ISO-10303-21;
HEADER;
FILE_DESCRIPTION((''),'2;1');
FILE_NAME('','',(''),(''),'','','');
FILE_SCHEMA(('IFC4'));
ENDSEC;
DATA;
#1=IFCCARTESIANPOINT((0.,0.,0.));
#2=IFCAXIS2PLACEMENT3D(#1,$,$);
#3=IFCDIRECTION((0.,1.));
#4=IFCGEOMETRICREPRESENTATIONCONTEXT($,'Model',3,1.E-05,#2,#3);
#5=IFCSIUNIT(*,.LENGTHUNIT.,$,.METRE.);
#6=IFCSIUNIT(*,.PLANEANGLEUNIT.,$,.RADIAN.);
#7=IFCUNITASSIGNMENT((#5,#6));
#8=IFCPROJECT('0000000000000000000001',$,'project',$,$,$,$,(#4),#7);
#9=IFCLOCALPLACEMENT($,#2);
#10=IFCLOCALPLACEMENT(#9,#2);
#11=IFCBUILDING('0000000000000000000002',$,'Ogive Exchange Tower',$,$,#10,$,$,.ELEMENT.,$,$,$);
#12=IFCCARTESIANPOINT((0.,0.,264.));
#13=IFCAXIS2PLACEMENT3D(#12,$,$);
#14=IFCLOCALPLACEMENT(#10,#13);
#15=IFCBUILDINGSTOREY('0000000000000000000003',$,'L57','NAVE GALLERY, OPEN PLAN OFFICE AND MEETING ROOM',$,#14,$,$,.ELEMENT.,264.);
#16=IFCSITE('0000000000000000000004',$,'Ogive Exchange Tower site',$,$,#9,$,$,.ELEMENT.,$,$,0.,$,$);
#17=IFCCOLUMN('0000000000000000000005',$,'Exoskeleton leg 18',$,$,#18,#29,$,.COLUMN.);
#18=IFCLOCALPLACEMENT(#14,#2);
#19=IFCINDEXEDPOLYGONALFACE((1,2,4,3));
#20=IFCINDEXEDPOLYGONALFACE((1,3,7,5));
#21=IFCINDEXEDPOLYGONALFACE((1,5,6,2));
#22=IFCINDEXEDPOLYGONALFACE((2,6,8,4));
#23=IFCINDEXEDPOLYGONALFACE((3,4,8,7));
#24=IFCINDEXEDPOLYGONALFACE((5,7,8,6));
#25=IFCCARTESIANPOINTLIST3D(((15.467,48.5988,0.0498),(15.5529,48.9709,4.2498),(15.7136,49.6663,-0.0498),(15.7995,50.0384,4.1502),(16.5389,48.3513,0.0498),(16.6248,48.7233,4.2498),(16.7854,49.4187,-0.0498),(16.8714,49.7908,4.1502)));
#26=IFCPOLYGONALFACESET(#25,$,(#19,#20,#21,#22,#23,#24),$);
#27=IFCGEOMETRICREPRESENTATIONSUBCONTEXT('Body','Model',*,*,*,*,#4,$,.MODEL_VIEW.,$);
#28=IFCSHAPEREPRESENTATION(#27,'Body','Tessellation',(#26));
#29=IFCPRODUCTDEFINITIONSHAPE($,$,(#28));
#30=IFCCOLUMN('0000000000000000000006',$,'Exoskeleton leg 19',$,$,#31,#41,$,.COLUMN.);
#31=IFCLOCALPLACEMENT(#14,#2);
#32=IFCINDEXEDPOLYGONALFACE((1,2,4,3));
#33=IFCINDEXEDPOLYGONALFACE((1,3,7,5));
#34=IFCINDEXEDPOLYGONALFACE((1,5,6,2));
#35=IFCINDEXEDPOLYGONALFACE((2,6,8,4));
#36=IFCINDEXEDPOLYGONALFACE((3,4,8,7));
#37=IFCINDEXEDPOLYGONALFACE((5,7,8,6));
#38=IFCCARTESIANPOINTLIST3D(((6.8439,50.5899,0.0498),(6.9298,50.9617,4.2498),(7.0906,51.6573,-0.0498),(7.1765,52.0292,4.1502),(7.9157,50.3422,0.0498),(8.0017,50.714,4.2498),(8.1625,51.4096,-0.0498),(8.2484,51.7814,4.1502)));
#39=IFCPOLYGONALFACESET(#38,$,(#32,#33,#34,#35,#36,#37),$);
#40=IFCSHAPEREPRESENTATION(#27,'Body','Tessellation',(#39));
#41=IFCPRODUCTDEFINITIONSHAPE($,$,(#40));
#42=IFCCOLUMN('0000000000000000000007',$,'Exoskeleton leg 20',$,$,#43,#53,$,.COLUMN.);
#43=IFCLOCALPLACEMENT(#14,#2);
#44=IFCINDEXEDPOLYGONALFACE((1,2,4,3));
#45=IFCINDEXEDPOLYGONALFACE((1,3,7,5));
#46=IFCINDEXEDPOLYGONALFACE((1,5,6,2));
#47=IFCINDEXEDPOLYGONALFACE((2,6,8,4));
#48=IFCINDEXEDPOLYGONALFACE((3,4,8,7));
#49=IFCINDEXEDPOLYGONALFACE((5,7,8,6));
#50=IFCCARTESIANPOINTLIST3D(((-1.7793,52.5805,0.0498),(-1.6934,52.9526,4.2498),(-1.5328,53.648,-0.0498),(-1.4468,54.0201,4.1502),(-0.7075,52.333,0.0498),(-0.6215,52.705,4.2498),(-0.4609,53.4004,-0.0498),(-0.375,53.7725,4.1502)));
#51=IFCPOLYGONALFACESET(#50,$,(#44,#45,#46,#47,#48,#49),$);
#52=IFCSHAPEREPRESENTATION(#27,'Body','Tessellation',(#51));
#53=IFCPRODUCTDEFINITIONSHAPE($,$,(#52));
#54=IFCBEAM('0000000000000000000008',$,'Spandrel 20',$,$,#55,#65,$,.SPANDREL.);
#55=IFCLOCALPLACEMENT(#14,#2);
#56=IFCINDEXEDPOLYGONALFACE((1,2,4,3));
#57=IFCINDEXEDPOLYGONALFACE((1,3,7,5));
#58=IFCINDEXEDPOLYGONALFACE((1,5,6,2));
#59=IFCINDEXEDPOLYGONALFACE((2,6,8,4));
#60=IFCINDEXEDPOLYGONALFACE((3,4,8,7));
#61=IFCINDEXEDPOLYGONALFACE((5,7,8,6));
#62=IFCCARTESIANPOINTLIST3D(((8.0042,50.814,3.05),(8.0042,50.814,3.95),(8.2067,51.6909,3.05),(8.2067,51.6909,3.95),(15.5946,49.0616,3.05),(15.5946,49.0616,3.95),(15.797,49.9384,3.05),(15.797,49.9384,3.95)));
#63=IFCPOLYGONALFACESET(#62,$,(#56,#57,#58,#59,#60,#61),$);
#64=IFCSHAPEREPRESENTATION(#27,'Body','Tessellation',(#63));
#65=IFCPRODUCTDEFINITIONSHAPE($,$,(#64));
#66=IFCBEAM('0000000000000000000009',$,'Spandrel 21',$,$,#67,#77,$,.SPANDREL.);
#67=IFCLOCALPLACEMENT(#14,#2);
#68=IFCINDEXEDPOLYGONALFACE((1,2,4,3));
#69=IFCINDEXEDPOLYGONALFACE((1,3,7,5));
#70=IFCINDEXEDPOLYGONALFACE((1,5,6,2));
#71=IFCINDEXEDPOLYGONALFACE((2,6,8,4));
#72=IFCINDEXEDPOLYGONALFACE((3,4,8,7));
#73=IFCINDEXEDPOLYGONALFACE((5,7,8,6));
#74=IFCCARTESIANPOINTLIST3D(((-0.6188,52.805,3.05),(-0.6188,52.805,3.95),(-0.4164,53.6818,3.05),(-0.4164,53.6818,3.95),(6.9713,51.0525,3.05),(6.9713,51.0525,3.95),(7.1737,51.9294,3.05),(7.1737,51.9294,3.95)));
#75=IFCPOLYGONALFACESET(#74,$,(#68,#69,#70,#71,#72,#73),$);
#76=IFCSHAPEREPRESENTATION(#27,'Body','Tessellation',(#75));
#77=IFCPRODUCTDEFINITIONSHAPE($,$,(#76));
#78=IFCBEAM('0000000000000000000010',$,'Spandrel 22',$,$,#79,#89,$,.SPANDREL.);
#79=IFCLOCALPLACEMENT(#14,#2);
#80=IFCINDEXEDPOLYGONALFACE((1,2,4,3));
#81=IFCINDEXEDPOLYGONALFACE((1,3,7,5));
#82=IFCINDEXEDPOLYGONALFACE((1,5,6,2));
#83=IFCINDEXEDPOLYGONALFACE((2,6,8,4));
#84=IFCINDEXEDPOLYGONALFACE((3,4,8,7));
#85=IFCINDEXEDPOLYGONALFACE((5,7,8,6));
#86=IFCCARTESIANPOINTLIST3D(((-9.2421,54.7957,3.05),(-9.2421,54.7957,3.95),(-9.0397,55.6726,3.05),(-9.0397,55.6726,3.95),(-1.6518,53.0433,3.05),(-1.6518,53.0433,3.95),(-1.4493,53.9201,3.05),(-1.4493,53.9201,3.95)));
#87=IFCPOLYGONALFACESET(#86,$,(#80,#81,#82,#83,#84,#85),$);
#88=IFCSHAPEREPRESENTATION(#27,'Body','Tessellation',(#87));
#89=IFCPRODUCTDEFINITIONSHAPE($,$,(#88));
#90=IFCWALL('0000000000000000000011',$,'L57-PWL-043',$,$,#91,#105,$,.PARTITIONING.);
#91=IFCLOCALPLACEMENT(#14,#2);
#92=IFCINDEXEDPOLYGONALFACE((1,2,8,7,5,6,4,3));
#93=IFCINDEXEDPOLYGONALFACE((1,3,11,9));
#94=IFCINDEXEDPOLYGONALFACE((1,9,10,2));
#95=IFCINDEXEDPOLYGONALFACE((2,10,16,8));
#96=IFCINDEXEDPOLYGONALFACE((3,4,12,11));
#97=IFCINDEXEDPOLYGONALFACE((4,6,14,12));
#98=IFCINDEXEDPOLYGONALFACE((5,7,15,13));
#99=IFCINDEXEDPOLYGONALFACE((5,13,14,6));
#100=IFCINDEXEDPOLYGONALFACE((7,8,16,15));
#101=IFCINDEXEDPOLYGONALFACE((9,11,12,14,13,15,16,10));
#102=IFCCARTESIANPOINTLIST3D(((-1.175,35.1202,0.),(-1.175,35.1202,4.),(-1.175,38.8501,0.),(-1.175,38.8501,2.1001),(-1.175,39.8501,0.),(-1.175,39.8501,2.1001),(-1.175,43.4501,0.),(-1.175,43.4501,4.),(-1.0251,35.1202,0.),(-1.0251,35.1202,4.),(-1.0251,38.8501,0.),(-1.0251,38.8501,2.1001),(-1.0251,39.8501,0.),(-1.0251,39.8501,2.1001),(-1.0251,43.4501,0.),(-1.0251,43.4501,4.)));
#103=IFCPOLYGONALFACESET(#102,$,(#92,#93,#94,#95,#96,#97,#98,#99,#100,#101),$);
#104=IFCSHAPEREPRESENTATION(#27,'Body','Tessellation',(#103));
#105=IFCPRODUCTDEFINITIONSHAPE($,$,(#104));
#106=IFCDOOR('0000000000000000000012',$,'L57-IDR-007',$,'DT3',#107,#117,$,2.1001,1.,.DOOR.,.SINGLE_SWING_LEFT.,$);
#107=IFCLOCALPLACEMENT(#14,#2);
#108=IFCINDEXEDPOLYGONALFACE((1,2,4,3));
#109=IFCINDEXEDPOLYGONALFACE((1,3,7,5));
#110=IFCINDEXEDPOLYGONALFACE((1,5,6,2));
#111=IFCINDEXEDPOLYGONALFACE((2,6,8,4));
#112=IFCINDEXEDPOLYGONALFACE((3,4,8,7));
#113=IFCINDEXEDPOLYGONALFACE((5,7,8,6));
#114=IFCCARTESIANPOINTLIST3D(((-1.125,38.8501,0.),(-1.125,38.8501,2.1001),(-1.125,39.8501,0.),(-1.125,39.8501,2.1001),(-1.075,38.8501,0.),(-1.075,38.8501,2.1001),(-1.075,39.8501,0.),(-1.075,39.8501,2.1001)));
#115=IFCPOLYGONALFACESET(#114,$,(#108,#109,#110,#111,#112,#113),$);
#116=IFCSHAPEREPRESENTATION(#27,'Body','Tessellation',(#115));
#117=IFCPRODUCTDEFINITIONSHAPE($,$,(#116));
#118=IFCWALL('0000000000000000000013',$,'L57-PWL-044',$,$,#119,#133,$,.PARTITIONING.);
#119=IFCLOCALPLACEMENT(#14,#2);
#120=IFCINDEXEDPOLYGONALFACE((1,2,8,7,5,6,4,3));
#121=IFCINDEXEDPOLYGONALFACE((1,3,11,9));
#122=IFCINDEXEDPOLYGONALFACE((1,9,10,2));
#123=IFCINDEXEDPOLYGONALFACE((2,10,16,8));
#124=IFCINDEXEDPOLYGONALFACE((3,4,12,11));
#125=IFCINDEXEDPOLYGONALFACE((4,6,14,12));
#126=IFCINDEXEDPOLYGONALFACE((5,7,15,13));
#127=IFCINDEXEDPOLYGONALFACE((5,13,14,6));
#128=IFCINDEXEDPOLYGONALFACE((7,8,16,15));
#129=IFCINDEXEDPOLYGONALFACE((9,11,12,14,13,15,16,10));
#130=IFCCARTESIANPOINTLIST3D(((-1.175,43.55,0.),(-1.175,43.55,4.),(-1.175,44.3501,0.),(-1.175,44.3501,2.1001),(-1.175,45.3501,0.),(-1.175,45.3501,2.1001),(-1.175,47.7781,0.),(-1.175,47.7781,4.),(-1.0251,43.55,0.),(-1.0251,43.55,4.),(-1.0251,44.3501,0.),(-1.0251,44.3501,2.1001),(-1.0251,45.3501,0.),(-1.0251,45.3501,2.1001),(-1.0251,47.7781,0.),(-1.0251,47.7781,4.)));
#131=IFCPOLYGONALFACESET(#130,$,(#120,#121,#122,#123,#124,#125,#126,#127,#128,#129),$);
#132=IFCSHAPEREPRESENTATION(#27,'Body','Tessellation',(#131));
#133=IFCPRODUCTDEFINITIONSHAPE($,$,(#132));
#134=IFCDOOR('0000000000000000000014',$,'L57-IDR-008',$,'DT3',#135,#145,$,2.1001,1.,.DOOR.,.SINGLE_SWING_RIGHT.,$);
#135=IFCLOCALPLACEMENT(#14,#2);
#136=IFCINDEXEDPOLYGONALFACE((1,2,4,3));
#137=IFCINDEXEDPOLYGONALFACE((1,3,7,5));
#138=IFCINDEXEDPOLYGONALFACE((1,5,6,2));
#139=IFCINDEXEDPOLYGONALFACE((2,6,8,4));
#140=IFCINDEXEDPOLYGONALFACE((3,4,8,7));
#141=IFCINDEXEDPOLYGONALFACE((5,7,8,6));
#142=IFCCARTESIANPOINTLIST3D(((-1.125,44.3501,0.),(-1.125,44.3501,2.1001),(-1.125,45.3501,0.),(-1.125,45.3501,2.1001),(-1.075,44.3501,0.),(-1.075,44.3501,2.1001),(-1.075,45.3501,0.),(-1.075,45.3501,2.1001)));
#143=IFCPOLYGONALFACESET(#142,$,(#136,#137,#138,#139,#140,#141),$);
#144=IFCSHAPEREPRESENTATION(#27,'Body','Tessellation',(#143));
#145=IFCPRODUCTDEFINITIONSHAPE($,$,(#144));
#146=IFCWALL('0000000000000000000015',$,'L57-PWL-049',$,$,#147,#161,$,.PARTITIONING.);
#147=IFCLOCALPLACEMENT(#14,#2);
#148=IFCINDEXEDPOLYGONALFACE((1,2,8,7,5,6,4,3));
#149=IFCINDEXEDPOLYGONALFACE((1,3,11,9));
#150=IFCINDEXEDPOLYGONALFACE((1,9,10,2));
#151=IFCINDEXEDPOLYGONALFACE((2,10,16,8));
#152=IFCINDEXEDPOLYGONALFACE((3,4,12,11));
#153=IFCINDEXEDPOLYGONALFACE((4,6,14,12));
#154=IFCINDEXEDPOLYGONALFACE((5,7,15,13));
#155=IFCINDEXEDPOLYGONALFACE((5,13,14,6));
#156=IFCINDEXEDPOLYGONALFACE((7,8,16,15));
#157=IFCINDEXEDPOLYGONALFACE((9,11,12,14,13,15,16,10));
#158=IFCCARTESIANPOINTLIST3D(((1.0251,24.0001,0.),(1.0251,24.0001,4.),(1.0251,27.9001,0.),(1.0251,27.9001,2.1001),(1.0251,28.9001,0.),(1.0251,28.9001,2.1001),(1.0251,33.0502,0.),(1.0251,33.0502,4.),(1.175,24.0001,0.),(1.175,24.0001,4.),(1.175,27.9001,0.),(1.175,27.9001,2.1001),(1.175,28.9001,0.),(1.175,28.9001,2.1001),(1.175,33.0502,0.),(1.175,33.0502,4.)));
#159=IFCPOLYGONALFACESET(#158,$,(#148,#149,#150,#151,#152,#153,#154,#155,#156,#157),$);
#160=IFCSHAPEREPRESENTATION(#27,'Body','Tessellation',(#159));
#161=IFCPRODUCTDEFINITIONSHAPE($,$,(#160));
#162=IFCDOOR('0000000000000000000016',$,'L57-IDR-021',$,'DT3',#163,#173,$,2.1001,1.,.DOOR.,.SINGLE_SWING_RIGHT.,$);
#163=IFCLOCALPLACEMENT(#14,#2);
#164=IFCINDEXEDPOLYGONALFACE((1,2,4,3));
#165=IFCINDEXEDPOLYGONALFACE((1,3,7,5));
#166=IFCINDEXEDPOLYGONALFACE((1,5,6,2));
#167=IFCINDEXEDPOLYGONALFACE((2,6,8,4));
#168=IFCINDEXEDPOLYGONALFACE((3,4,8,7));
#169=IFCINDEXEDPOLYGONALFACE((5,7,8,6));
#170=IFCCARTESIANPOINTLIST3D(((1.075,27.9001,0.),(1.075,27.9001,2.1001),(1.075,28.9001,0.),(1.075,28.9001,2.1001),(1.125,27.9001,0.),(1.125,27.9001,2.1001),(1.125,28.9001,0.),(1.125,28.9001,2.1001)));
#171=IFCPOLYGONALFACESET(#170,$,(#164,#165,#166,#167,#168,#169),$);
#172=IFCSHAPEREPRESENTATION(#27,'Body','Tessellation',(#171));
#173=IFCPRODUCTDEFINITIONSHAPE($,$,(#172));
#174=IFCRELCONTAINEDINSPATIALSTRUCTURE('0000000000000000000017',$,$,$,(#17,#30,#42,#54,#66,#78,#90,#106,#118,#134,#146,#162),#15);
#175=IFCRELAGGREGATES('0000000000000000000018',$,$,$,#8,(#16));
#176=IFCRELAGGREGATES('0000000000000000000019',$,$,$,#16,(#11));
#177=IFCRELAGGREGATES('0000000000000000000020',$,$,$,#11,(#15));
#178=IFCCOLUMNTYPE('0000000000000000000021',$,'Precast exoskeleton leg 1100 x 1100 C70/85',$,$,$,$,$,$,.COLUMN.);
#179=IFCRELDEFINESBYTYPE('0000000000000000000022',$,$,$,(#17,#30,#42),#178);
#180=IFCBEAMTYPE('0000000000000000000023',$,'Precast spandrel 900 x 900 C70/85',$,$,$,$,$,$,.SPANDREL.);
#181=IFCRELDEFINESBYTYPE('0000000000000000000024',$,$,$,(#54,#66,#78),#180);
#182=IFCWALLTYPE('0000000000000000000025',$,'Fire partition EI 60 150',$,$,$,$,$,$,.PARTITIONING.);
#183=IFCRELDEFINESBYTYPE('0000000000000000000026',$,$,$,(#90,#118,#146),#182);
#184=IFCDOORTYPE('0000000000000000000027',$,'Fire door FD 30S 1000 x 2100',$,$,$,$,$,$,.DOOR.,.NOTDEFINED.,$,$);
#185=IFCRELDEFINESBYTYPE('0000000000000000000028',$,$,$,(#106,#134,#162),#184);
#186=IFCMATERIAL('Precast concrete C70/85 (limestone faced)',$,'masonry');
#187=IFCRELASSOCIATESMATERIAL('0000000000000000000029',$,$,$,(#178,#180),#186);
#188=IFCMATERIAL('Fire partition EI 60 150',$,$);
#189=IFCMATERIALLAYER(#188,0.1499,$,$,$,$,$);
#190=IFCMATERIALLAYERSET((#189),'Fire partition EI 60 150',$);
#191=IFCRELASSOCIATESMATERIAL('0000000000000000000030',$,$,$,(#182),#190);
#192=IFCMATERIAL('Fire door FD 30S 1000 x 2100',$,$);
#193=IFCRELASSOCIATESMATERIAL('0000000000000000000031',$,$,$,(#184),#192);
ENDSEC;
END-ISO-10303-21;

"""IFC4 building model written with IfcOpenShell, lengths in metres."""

from ifc_helpers import new_model, si_unit, direction, frame, frame_2d, origin, origin_2d, place, context, subcontext, project, spatial, rectangle, extrude, material, layer, layer_set, material_profile, profile_set, type_object, element, fill, save


model = new_model("IFC4")

# Units and contexts
model_context = context("Model", 3, precision=1e-05, world=origin(), true_north=direction((0.0, 1.0)))
body_context = subcontext(model_context, "Body", "Model", "MODEL_VIEW")
ifc_project = project(units=[si_unit("LENGTHUNIT", "METRE"), si_unit("PLANEANGLEUNIT", "RADIAN")], contexts=[model_context])

# Site, building, storey
site_placement = place(None, origin())
site = spatial("IfcSite", under=ifc_project, at=site_placement, Name="Ogive Exchange Tower site", CompositionType="ELEMENT", RefElevation=0.0)
building_placement = place(site_placement, origin())
building = spatial("IfcBuilding", under=site, at=building_placement, Name="Ogive Exchange Tower", CompositionType="ELEMENT")
storey_placement = place(building_placement, frame((0.0, 0.0, 264.0)))
storey = spatial("IfcBuildingStorey", under=building, at=storey_placement, Name="L57", Description="NAVE GALLERY, OPEN PLAN OFFICE AND MEETING ROOM", CompositionType="ELEMENT", Elevation=264.0)

# Columns
ifc_material_1 = material(Name="Precast concrete C70/85 (limestone faced)", Category="masonry")
ifc_material_profile_1 = material_profile(ifc_material_1, rectangle(XDim=1.1001, YDim=1.1001, at=origin_2d()), Name="1100 x 1100")
ifc_profile_set_1 = profile_set([ifc_material_profile_1], Name="Precast concrete C70/85 (limestone faced)")
column_type = type_object("IfcColumnType", Name="Precast exoskeleton leg 1100 x 1100 C70/85", PredefinedType="COLUMN", material=ifc_profile_set_1)
for number, where, z_axis, x_axis, name in (
    (1, (16.1262, 49.0088, 0.0), (0.020377, 0.088225, 0.995892), (-0.974348, 0.225046, 0.0), "Exoskeleton leg 18"),
    (2, (7.5032, 50.9998, 0.0), (0.020378, 0.088168, 0.995897), (-0.974316, 0.225187, 0.0), "Exoskeleton leg 19"),
    (3, (-1.1201, 52.9905, 0.0), (0.020377, 0.088225, 0.995892), (-0.974348, 0.225046, 0.0), "Exoskeleton leg 20"),
):
    element("IfcColumn", number, at=place(storey_placement, frame(where, z_axis=z_axis, x_axis=x_axis)), inside=storey, type_object=column_type, Name=name, PredefinedType="COLUMN", context=body_context, shape_type="SweptSolid", body=[
        extrude(rectangle(XDim=1.1001, YDim=1.1001, at=origin_2d()), origin(), (0.0, 0.0, 1.0), 4.2173),
    ])

# Beams
ifc_material_profile_2 = material_profile(ifc_material_1, rectangle(XDim=0.8999, YDim=0.8999, at=origin_2d()), Name="900 x 900")
ifc_profile_set_2 = profile_set([ifc_material_profile_2], Name="Precast concrete C70/85 (limestone faced)")
beam_type = type_object("IfcBeamType", Name="Precast spandrel 900 x 900 C70/85", PredefinedType="SPANDREL", material=ifc_profile_set_2)
beam_1_placement = place(storey_placement, frame((15.6958, 49.5, 3.5), z_axis=(-0.974368, 0.22496, 0.0), x_axis=(-0.22496, -0.974368, 0.0)))
element("IfcBeam", 4, at=beam_1_placement, inside=storey, type_object=beam_type, Name="Spandrel 20", PredefinedType="SPANDREL", context=body_context, shape_type="SweptSolid", body=[
    extrude(rectangle(XDim=0.8999, YDim=0.8999, at=origin_2d()), origin(), (0.0, 0.0, 1.0), 7.79),
])
beam_2_placement = place(storey_placement, frame((7.0725, 51.491, 3.5), z_axis=(-0.974366, 0.224967, 0.0), x_axis=(-0.224967, -0.974366, 0.0)))
element("IfcBeam", 5, at=beam_2_placement, inside=storey, type_object=beam_type, Name="Spandrel 21", PredefinedType="SPANDREL", context=body_context, shape_type="SweptSolid", body=[
    extrude(rectangle(XDim=0.8999, YDim=0.8999, at=origin_2d()), origin(), (0.0, 0.0, 1.0), 7.7898),
])
beam_3_placement = place(storey_placement, frame((-1.5505, 53.4817, 3.5), z_axis=(-0.974368, 0.22496, 0.0), x_axis=(-0.22496, -0.974368, 0.0)))
element("IfcBeam", 6, at=beam_3_placement, inside=storey, type_object=beam_type, Name="Spandrel 22", PredefinedType="SPANDREL", context=body_context, shape_type="SweptSolid", body=[
    extrude(rectangle(XDim=0.8999, YDim=0.8999, at=origin_2d()), origin(), (0.0, 0.0, 1.0), 7.79),
])

# Walls, openings, doors
ifc_material_2 = material(Name="Fire partition EI 60 150")
ifc_layer_1 = layer(ifc_material_2, 0.1499)
ifc_layer_set_1 = layer_set([ifc_layer_1], Name="Fire partition EI 60 150")
wall_type_1 = type_object("IfcWallType", Name="Fire partition EI 60 150", PredefinedType="PARTITIONING", material=ifc_layer_set_1)
wall_1_placement = place(storey_placement, frame((-1.1001, 35.1201, 0.0), z_axis=(0.0, 0.0, 1.0), x_axis=(0.0, 1.0, 0.0)))
wall_1 = element("IfcWall", 7, at=wall_1_placement, inside=storey, type_object=wall_type_1, Name="L57-PWL-043", PredefinedType="PARTITIONING", context=body_context, shape_type="SweptSolid", body=[
    extrude(rectangle(XDim=8.3298, YDim=0.1499, at=frame_2d((4.165, 0.0))), origin(), (0.0, 0.0, 1.0), 4.0),
])
opening_1_placement = place(wall_1_placement, frame((3.73, 0.0, 0.0)))
opening_1 = element("IfcOpeningElement", 8, at=opening_1_placement, cuts=wall_1, PredefinedType="OPENING", context=body_context, shape_type="SweptSolid", body=[
    extrude(rectangle(XDim=1.0, YDim=2.1001, at=frame_2d((0.5, 1.05))), frame((0.0, 0.085, 0.0), z_axis=(0.0, -1.0, 0.0), x_axis=(1.0, 0.0, 0.0)), (0.0, 0.0, 1.0), 0.1699),
])
ifc_material_3 = material(Name="Fire door FD 30S 1000 x 2100")
door_type = type_object("IfcDoorType", Name="Fire door FD 30S 1000 x 2100", OperationType="NOTDEFINED", PredefinedType="DOOR", material=ifc_material_3)
door_1_placement = place(opening_1_placement, origin())
door_1 = element("IfcDoor", 9, at=door_1_placement, inside=storey, type_object=door_type, Name="L57-IDR-007", ObjectType="DT3", OperationType="SINGLE_SWING_LEFT", OverallHeight=2.1001, OverallWidth=1.0, PredefinedType="DOOR", context=body_context, shape_type="SweptSolid", body=[
    extrude(rectangle(XDim=1.0, YDim=2.1001, at=frame_2d((0.5, 1.05))), frame((0.0, 0.0249, 0.0), z_axis=(0.0, -1.0, 0.0), x_axis=(1.0, 0.0, 0.0)), (0.0, 0.0, 1.0), 0.05),
])
fill(opening_1, door_1)
wall_2_placement = place(storey_placement, frame((-1.1001, 43.55, 0.0), z_axis=(0.0, 0.0, 1.0), x_axis=(0.0, 1.0, 0.0)))
wall_2 = element("IfcWall", 10, at=wall_2_placement, inside=storey, type_object=wall_type_1, Name="L57-PWL-044", PredefinedType="PARTITIONING", context=body_context, shape_type="SweptSolid", body=[
    extrude(rectangle(XDim=4.228, YDim=0.1499, at=frame_2d((2.114, 0.0))), origin(), (0.0, 0.0, 1.0), 4.0),
])
opening_2_placement = place(wall_2_placement, frame((0.8, 0.0, 0.0)))
opening_2 = element("IfcOpeningElement", 11, at=opening_2_placement, cuts=wall_2, PredefinedType="OPENING", context=body_context, shape_type="SweptSolid", body=[
    extrude(rectangle(XDim=1.0, YDim=2.1001, at=frame_2d((0.5, 1.05))), frame((0.0, 0.085, 0.0), z_axis=(0.0, -1.0, 0.0), x_axis=(1.0, 0.0, 0.0)), (0.0, 0.0, 1.0), 0.1699),
])
door_2_placement = place(opening_2_placement, origin())
door_2 = element("IfcDoor", 12, at=door_2_placement, inside=storey, type_object=door_type, Name="L57-IDR-008", ObjectType="DT3", OperationType="SINGLE_SWING_RIGHT", OverallHeight=2.1001, OverallWidth=1.0, PredefinedType="DOOR", context=body_context, shape_type="SweptSolid", body=[
    extrude(rectangle(XDim=1.0, YDim=2.1001, at=frame_2d((0.5, 1.05))), frame((0.0, 0.0249, 0.0), z_axis=(0.0, -1.0, 0.0), x_axis=(1.0, 0.0, 0.0)), (0.0, 0.0, 1.0), 0.05),
])
fill(opening_2, door_2)
wall_3_placement = place(storey_placement, frame((1.1001, 33.05, 0.0), z_axis=(0.0, 0.0, 1.0), x_axis=(0.0, -1.0, 0.0)))
wall_3 = element("IfcWall", 13, at=wall_3_placement, inside=storey, type_object=wall_type_1, Name="L57-PWL-049", PredefinedType="PARTITIONING", context=body_context, shape_type="SweptSolid", body=[
    extrude(rectangle(XDim=9.05, YDim=0.1499, at=frame_2d((4.5249, 0.0))), origin(), (0.0, 0.0, 1.0), 4.0),
])
opening_3_placement = place(wall_3_placement, frame((4.1499, 0.0, 0.0)))
opening_3 = element("IfcOpeningElement", 14, at=opening_3_placement, cuts=wall_3, PredefinedType="OPENING", context=body_context, shape_type="SweptSolid", body=[
    extrude(rectangle(XDim=1.0, YDim=2.1001, at=frame_2d((0.5, 1.05))), frame((0.0, 0.085, 0.0), z_axis=(0.0, -1.0, 0.0), x_axis=(1.0, 0.0, 0.0)), (0.0, 0.0, 1.0), 0.1699),
])
door_3_placement = place(opening_3_placement, origin())
door_3 = element("IfcDoor", 15, at=door_3_placement, inside=storey, type_object=door_type, Name="L57-IDR-021", ObjectType="DT3", OperationType="SINGLE_SWING_RIGHT", OverallHeight=2.1001, OverallWidth=1.0, PredefinedType="DOOR", context=body_context, shape_type="SweptSolid", body=[
    extrude(rectangle(XDim=1.0, YDim=2.1001, at=frame_2d((0.5, 1.05))), frame((0.0, 0.0249, 0.0), z_axis=(0.0, -1.0, 0.0), x_axis=(1.0, 0.0, 0.0)), (0.0, 0.0, 1.0), 0.05),
])
fill(opening_3, door_3)

save(model, "model.ifc")
